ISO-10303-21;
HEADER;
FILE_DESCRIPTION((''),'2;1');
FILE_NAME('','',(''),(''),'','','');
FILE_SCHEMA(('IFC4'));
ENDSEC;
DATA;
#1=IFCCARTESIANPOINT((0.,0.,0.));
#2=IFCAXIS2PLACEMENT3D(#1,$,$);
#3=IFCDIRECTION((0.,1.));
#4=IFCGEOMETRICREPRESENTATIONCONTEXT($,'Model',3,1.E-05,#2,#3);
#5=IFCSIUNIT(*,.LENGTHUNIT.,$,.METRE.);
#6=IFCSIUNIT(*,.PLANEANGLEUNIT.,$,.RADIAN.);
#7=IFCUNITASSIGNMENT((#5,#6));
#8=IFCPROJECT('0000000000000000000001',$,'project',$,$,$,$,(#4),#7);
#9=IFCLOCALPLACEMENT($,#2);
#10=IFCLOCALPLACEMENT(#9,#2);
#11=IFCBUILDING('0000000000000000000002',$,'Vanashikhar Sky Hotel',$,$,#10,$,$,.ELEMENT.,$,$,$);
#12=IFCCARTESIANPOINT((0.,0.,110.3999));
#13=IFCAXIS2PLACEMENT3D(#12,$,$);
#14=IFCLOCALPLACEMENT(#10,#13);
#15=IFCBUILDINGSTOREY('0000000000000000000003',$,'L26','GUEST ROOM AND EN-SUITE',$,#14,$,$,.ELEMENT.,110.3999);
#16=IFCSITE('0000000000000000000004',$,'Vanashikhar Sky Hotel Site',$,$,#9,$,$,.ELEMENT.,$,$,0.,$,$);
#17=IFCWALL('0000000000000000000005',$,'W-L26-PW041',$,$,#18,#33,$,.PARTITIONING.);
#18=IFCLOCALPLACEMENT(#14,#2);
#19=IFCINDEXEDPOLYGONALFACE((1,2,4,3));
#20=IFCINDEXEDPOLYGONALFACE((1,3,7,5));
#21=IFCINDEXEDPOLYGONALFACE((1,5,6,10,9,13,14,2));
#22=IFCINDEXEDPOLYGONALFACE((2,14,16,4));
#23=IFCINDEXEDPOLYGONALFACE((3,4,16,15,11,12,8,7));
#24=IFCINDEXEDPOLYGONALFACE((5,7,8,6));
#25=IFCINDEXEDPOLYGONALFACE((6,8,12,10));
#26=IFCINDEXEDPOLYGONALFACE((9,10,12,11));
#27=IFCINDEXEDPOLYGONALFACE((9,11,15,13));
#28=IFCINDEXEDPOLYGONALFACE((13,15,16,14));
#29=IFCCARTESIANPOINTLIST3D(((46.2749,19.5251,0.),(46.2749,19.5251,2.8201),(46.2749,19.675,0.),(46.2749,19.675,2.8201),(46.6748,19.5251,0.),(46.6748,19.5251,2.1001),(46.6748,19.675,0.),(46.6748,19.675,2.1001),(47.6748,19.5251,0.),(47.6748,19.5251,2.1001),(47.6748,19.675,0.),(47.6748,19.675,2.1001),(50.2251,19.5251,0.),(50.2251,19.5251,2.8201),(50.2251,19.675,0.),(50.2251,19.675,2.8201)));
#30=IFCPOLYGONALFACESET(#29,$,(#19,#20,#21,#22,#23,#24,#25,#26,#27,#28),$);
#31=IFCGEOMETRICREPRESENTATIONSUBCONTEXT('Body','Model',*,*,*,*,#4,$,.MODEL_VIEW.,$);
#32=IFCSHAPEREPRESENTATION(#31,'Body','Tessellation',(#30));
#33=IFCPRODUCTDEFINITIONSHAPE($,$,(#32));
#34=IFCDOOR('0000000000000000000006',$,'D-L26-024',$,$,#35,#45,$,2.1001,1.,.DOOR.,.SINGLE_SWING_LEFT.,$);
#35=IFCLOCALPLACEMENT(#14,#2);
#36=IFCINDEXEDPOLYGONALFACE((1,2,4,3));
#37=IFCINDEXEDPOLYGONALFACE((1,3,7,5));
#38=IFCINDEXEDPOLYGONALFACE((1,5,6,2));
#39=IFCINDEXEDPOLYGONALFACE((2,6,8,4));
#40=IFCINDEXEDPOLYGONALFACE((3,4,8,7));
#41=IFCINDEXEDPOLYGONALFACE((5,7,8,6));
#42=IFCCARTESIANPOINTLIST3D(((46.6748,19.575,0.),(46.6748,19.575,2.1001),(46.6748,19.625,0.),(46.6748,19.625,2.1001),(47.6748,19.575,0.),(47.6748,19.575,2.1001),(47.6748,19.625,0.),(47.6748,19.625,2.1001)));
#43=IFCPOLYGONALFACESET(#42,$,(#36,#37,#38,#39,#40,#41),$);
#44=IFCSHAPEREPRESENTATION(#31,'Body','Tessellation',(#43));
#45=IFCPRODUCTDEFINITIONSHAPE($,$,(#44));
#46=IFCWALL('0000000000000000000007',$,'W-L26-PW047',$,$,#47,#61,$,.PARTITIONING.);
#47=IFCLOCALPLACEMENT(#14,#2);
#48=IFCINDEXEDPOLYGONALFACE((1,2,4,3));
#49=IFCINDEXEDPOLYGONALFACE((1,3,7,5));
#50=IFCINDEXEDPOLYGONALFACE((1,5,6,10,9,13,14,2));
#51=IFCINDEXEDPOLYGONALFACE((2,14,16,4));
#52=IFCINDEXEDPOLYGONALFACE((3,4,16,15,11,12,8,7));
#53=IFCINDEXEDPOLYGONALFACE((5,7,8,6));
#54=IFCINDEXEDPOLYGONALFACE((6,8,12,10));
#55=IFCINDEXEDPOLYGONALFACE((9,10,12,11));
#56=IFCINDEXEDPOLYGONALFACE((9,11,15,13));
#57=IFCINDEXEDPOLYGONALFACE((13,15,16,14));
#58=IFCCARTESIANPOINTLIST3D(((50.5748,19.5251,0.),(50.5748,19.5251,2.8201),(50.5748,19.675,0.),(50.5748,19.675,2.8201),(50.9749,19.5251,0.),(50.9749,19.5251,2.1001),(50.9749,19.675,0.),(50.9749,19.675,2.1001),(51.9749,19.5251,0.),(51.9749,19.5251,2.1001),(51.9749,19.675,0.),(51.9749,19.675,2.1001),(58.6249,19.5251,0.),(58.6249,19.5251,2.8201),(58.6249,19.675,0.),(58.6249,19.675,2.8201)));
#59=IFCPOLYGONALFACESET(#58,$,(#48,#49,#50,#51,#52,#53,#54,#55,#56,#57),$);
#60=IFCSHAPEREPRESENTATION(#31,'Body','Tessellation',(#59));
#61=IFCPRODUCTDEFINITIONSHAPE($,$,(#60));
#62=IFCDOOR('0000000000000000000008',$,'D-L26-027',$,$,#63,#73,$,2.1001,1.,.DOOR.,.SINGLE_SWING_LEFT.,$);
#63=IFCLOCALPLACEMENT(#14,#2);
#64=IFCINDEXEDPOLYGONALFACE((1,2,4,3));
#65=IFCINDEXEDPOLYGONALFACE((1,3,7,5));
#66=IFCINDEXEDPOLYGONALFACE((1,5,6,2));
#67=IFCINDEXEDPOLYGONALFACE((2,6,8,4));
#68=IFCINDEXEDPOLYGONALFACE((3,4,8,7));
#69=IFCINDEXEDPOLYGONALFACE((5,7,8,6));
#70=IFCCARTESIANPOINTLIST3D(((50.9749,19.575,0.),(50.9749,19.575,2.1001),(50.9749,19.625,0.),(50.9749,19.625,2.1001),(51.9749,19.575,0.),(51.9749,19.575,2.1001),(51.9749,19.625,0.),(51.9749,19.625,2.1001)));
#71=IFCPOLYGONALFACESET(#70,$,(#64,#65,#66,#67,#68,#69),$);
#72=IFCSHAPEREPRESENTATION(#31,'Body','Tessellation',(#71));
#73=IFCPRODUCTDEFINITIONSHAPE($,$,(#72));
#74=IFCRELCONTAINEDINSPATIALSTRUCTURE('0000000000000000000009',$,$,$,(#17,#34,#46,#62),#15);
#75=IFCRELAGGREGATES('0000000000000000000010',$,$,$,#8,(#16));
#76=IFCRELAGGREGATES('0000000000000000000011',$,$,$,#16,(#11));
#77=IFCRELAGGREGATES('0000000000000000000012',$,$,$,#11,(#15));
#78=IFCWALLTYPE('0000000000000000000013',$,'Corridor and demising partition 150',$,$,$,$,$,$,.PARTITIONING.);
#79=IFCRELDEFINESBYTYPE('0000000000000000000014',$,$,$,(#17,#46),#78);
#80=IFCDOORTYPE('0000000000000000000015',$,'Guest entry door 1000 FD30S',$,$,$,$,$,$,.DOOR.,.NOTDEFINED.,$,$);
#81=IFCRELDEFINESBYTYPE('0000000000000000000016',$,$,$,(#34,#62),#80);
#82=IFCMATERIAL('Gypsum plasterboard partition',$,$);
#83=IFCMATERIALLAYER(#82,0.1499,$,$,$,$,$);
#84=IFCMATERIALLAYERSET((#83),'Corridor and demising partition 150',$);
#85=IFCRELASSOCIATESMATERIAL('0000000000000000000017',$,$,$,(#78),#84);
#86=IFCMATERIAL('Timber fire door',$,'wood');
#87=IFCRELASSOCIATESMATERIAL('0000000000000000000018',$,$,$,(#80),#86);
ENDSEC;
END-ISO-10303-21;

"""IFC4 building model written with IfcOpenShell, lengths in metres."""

from ifc_helpers import new_model, si_unit, direction, frame, frame_2d, origin, place, context, subcontext, project, spatial, rectangle, extrude, source, transform, mapped, material, layer, layer_set, type_object, element, fill, save


model = new_model("IFC4")

# Units and contexts
model_context = context("Model", 3, precision=1e-05, world=origin(), true_north=direction((0.0, 1.0)))
body_context = subcontext(model_context, "Body", "Model", "MODEL_VIEW")
ifc_project = project(units=[si_unit("LENGTHUNIT", "METRE"), si_unit("PLANEANGLEUNIT", "RADIAN")], contexts=[model_context])

# Site, building, storey
site_placement = place(None, origin())
site = spatial("IfcSite", under=ifc_project, at=site_placement, Name="Vanashikhar Sky Hotel Site", CompositionType="ELEMENT", RefElevation=0.0)
building_placement = place(site_placement, origin())
building = spatial("IfcBuilding", under=site, at=building_placement, Name="Vanashikhar Sky Hotel", CompositionType="ELEMENT")
storey_placement = place(building_placement, frame((0.0, 0.0, 110.3999)))
storey = spatial("IfcBuildingStorey", under=building, at=storey_placement, Name="L26", Description="GUEST ROOM AND EN-SUITE", CompositionType="ELEMENT", Elevation=110.3999)

# Shared definitions
shared_shape_1 = source(origin(), body_context, "Body", "SweptSolid", [
    extrude(rectangle(XDim=1.0, YDim=2.1001, at=frame_2d((0.5, 1.05))), frame((0.0, 0.0249, 0.0), z_axis=(0.0, -1.0, 0.0), x_axis=(1.0, 0.0, 0.0)), (0.0, 0.0, 1.0), 0.05),
])

# Walls, openings, doors
ifc_material_1 = material(Name="Gypsum plasterboard partition")
ifc_layer_1 = layer(ifc_material_1, 0.1499)
ifc_layer_set_1 = layer_set([ifc_layer_1], Name="Corridor and demising partition 150")
wall_type_1 = type_object("IfcWallType", Name="Corridor and demising partition 150", PredefinedType="PARTITIONING", material=ifc_layer_set_1)
shared_shape_2 = source(origin(), body_context, "Body", "SweptSolid", [
    extrude(rectangle(XDim=3.9502, YDim=0.1499, at=frame_2d((1.9751, 0.0))), origin(), (0.0, 0.0, 1.0), 2.8201),
])
wall_1_placement = place(storey_placement, frame((46.2749, 19.6001, 0.0), z_axis=(0.0, 0.0, 1.0), x_axis=(1.0, 0.0, 0.0)))
wall_1 = element("IfcWall", 1, at=wall_1_placement, inside=storey, type_object=wall_type_1, Name="W-L26-PW041", PredefinedType="PARTITIONING", context=body_context, shape_type="MappedRepresentation", body=[
    mapped(shared_shape_2, transform((0.0, 0.0, 0.0), scale=1.0)),
])
shared_shape_3 = source(origin(), body_context, "Body", "SweptSolid", [
    extrude(rectangle(XDim=1.0, YDim=2.1001, at=frame_2d((0.5, 1.05))), frame((0.0, 0.085, 0.0), z_axis=(0.0, -1.0, 0.0), x_axis=(1.0, 0.0, 0.0)), (0.0, 0.0, 1.0), 0.1699),
])
opening_1_placement = place(wall_1_placement, frame((0.3999, 0.0, 0.0)))
opening_1 = element("IfcOpeningElement", 2, at=opening_1_placement, cuts=wall_1, PredefinedType="OPENING", context=body_context, shape_type="MappedRepresentation", body=[
    mapped(shared_shape_3, transform((0.0, 0.0, 0.0), scale=1.0)),
])
ifc_material_2 = material(Name="Timber fire door", Category="wood")
door_type_1 = type_object("IfcDoorType", Name="Guest entry door 1000 FD30S", OperationType="NOTDEFINED", PredefinedType="DOOR", material=ifc_material_2)
door_1_placement = place(opening_1_placement, origin())
door_1 = element("IfcDoor", 3, at=door_1_placement, inside=storey, type_object=door_type_1, Name="D-L26-024", OperationType="SINGLE_SWING_LEFT", OverallHeight=2.1001, OverallWidth=1.0, PredefinedType="DOOR", context=body_context, shape_type="MappedRepresentation", body=[
    mapped(shared_shape_1, transform((0.0, 0.0, 0.0), scale=1.0)),
])
fill(opening_1, door_1)
shared_shape_4 = source(origin(), body_context, "Body", "SweptSolid", [
    extrude(rectangle(XDim=8.05, YDim=0.1499, at=frame_2d((4.0249, 0.0))), origin(), (0.0, 0.0, 1.0), 2.8201),
])
wall_2_placement = place(storey_placement, frame((50.575, 19.6001, 0.0), z_axis=(0.0, 0.0, 1.0), x_axis=(1.0, 0.0, 0.0)))
wall_2 = element("IfcWall", 4, at=wall_2_placement, inside=storey, type_object=wall_type_1, Name="W-L26-PW047", PredefinedType="PARTITIONING", context=body_context, shape_type="MappedRepresentation", body=[
    mapped(shared_shape_4, transform((0.0, 0.0, 0.0), scale=1.0)),
])
opening_2_placement = place(wall_2_placement, frame((0.3999, 0.0, 0.0)))
opening_2 = element("IfcOpeningElement", 5, at=opening_2_placement, cuts=wall_2, PredefinedType="OPENING", context=body_context, shape_type="MappedRepresentation", body=[
    mapped(shared_shape_3, transform((0.0, 0.0, 0.0), scale=1.0)),
])
door_2_placement = place(opening_2_placement, origin())
door_2 = element("IfcDoor", 6, at=door_2_placement, inside=storey, type_object=door_type_1, Name="D-L26-027", OperationType="SINGLE_SWING_LEFT", OverallHeight=2.1001, OverallWidth=1.0, PredefinedType="DOOR", context=body_context, shape_type="MappedRepresentation", body=[
    mapped(shared_shape_1, transform((0.0, 0.0, 0.0), scale=1.0)),
])
fill(opening_2, door_2)

save(model, "model.ifc")
